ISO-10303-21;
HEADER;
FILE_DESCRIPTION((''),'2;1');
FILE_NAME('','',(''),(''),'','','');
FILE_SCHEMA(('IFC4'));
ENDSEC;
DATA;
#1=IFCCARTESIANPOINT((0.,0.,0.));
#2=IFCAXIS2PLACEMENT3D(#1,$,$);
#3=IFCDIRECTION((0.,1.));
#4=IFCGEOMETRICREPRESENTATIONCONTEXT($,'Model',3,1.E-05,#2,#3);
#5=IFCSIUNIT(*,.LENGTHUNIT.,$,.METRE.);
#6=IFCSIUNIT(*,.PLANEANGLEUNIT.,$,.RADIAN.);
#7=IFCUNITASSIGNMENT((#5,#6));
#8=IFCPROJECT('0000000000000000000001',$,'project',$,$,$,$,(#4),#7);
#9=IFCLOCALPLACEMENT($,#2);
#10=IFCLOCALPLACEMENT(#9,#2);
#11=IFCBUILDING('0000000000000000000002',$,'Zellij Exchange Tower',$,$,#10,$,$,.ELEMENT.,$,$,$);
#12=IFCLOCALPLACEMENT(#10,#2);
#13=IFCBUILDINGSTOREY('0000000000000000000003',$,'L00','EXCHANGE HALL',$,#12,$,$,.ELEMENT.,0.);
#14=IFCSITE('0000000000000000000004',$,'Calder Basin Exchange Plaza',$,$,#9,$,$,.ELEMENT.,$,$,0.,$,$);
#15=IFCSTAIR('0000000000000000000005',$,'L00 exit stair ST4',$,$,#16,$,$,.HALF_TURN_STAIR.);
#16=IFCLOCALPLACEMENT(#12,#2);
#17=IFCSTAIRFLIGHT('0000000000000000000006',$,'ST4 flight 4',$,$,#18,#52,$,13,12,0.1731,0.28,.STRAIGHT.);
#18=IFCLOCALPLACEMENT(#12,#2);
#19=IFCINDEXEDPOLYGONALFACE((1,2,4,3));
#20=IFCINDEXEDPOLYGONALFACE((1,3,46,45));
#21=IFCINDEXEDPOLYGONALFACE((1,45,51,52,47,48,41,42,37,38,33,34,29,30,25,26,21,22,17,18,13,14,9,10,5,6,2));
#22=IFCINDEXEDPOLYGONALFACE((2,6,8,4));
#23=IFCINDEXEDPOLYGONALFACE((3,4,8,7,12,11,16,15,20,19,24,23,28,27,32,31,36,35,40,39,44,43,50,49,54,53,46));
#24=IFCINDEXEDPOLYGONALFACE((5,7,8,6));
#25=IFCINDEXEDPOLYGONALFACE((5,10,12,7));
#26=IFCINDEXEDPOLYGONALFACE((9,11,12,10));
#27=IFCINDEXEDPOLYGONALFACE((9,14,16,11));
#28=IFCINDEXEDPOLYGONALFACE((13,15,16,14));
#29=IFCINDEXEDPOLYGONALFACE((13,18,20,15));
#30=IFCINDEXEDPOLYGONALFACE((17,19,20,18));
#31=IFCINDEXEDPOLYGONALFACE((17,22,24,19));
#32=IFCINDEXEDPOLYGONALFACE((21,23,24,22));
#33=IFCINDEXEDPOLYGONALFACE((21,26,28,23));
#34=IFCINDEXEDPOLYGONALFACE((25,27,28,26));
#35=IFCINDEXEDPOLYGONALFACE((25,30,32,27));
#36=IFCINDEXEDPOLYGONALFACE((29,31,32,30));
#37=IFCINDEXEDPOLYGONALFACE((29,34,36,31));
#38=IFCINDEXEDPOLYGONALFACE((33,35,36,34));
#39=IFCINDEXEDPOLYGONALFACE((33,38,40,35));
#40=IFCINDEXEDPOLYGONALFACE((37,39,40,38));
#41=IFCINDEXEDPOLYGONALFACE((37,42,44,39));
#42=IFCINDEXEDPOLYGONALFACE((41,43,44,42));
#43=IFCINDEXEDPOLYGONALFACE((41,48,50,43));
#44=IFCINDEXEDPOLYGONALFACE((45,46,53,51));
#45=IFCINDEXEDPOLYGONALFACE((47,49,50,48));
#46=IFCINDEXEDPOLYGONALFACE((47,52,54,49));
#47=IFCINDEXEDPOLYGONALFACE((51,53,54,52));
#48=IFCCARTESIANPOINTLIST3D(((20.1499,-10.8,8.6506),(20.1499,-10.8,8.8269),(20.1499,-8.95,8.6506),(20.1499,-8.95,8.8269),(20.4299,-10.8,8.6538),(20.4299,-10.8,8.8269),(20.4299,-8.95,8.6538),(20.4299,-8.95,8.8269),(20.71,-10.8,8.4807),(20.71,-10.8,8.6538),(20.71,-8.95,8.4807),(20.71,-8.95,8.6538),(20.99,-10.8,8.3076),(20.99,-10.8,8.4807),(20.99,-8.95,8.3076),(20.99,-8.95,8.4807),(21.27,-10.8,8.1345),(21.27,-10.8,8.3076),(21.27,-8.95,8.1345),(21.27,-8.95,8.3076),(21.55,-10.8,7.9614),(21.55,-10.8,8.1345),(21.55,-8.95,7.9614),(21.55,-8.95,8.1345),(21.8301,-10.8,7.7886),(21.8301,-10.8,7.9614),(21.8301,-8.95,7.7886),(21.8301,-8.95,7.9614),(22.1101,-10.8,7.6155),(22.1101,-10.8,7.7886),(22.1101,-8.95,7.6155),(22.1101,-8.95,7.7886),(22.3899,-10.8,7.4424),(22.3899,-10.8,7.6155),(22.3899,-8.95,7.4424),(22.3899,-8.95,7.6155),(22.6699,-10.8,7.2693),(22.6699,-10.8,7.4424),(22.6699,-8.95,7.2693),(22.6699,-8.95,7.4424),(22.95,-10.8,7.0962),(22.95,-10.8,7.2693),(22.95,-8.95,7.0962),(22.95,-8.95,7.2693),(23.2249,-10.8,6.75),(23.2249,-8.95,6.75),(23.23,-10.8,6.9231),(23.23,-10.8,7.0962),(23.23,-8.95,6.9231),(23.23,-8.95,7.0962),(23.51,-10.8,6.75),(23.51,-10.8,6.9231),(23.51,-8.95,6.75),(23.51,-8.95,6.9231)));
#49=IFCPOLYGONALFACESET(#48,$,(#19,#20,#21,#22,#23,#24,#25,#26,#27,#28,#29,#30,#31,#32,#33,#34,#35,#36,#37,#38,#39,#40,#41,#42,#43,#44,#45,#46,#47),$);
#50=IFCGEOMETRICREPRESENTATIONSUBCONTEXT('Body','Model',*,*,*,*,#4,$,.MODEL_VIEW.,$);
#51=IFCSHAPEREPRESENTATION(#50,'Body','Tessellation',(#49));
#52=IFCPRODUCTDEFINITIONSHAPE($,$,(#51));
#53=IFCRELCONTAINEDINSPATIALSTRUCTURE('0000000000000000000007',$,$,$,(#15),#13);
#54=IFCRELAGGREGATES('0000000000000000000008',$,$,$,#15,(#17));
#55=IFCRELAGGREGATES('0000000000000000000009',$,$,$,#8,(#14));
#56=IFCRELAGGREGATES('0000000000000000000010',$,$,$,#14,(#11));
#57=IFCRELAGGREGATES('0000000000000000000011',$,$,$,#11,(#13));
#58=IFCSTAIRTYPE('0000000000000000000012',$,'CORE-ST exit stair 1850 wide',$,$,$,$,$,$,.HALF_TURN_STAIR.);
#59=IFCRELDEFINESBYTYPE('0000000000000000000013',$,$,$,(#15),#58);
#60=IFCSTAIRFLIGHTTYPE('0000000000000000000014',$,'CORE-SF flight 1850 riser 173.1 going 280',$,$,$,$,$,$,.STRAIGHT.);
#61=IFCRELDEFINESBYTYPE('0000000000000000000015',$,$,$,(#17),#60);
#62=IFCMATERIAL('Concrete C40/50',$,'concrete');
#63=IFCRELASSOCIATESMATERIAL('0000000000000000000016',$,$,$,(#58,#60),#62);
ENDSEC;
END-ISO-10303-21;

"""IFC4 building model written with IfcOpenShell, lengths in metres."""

from ifc_helpers import new_model, si_unit, direction, frame, origin, place, context, subcontext, project, spatial, polyline, outline, extrude, material, type_object, element, aggregate, save


model = new_model("IFC4")

# Units and contexts
model_context = context("Model", 3, precision=1e-05, world=origin(), true_north=direction((0.0, 1.0)))
body_context = subcontext(model_context, "Body", "Model", "MODEL_VIEW")
ifc_project = project(units=[si_unit("LENGTHUNIT", "METRE"), si_unit("PLANEANGLEUNIT", "RADIAN")], contexts=[model_context])

# Site, building, storey
site_placement = place(None, origin())
site = spatial("IfcSite", under=ifc_project, at=site_placement, Name="Calder Basin Exchange Plaza", CompositionType="ELEMENT", RefElevation=0.0)
building_placement = place(site_placement, origin())
building = spatial("IfcBuilding", under=site, at=building_placement, Name="Zellij Exchange Tower", CompositionType="ELEMENT")
storey_placement = place(building_placement, origin())
storey = spatial("IfcBuildingStorey", under=building, at=storey_placement, Name="L00", Description="EXCHANGE HALL", CompositionType="ELEMENT", Elevation=0.0)

# Stair, stair flight
ifc_material_1 = material(Name="Concrete C40/50", Category="concrete")
stair_type = type_object("IfcStairType", Name="CORE-ST exit stair 1850 wide", PredefinedType="HALF_TURN_STAIR", material=ifc_material_1)
stair_placement = place(storey_placement, origin())
stair = element("IfcStair", 1, at=stair_placement, inside=storey, type_object=stair_type, Name="L00 exit stair ST4", PredefinedType="HALF_TURN_STAIR")
stair_flight_type = type_object("IfcStairFlightType", Name="CORE-SF flight 1850 riser 173.1 going 280", PredefinedType="STRAIGHT", material=ifc_material_1)
stair_flight_1_placement = place(storey_placement, frame((23.51, -9.875, 6.75), z_axis=(0.0, 0.0, 1.0), x_axis=(-1.0, 0.0, 0.0)))
stair_flight_1 = element("IfcStairFlight", 2, at=stair_flight_1_placement, type_object=stair_flight_type, Name="ST4 flight 4", NumberOfRisers=13, NumberOfTreads=12, PredefinedType="STRAIGHT", RiserHeight=0.1731, TreadLength=0.28, context=body_context, shape_type="SweptSolid", body=[
    extrude(outline(polyline([(0.0, 0.0), (0.0, 0.1731), (0.28, 0.1731), (0.28, 0.3462), (0.5601, 0.3462), (0.5601, 0.5193), (0.8401, 0.5193), (0.8401, 0.6924), (1.1201, 0.6924), (1.1201, 0.8655), (1.3999, 0.8655), (1.3999, 1.0386), (1.6799, 1.0386), (1.6799, 1.2114), (1.96, 1.2114), (1.96, 1.3845), (2.24, 1.3845), (2.24, 1.5576), (2.52, 1.5576), (2.52, 1.7307), (2.8, 1.7307), (2.8, 1.9038), (3.0801, 1.9038), (3.0801, 2.0769), (3.3601, 2.0769), (3.3601, 2.25), (3.3601, 1.9006), (0.2852, 0.0), (0.0, 0.0)])), frame((0.0, 0.925, 0.0), z_axis=(0.0, -1.0, 0.0), x_axis=(1.0, 0.0, 0.0)), (0.0, 0.0, 1.0), 1.8501),
])
aggregate(stair, [stair_flight_1])

save(model, "model.ifc")
